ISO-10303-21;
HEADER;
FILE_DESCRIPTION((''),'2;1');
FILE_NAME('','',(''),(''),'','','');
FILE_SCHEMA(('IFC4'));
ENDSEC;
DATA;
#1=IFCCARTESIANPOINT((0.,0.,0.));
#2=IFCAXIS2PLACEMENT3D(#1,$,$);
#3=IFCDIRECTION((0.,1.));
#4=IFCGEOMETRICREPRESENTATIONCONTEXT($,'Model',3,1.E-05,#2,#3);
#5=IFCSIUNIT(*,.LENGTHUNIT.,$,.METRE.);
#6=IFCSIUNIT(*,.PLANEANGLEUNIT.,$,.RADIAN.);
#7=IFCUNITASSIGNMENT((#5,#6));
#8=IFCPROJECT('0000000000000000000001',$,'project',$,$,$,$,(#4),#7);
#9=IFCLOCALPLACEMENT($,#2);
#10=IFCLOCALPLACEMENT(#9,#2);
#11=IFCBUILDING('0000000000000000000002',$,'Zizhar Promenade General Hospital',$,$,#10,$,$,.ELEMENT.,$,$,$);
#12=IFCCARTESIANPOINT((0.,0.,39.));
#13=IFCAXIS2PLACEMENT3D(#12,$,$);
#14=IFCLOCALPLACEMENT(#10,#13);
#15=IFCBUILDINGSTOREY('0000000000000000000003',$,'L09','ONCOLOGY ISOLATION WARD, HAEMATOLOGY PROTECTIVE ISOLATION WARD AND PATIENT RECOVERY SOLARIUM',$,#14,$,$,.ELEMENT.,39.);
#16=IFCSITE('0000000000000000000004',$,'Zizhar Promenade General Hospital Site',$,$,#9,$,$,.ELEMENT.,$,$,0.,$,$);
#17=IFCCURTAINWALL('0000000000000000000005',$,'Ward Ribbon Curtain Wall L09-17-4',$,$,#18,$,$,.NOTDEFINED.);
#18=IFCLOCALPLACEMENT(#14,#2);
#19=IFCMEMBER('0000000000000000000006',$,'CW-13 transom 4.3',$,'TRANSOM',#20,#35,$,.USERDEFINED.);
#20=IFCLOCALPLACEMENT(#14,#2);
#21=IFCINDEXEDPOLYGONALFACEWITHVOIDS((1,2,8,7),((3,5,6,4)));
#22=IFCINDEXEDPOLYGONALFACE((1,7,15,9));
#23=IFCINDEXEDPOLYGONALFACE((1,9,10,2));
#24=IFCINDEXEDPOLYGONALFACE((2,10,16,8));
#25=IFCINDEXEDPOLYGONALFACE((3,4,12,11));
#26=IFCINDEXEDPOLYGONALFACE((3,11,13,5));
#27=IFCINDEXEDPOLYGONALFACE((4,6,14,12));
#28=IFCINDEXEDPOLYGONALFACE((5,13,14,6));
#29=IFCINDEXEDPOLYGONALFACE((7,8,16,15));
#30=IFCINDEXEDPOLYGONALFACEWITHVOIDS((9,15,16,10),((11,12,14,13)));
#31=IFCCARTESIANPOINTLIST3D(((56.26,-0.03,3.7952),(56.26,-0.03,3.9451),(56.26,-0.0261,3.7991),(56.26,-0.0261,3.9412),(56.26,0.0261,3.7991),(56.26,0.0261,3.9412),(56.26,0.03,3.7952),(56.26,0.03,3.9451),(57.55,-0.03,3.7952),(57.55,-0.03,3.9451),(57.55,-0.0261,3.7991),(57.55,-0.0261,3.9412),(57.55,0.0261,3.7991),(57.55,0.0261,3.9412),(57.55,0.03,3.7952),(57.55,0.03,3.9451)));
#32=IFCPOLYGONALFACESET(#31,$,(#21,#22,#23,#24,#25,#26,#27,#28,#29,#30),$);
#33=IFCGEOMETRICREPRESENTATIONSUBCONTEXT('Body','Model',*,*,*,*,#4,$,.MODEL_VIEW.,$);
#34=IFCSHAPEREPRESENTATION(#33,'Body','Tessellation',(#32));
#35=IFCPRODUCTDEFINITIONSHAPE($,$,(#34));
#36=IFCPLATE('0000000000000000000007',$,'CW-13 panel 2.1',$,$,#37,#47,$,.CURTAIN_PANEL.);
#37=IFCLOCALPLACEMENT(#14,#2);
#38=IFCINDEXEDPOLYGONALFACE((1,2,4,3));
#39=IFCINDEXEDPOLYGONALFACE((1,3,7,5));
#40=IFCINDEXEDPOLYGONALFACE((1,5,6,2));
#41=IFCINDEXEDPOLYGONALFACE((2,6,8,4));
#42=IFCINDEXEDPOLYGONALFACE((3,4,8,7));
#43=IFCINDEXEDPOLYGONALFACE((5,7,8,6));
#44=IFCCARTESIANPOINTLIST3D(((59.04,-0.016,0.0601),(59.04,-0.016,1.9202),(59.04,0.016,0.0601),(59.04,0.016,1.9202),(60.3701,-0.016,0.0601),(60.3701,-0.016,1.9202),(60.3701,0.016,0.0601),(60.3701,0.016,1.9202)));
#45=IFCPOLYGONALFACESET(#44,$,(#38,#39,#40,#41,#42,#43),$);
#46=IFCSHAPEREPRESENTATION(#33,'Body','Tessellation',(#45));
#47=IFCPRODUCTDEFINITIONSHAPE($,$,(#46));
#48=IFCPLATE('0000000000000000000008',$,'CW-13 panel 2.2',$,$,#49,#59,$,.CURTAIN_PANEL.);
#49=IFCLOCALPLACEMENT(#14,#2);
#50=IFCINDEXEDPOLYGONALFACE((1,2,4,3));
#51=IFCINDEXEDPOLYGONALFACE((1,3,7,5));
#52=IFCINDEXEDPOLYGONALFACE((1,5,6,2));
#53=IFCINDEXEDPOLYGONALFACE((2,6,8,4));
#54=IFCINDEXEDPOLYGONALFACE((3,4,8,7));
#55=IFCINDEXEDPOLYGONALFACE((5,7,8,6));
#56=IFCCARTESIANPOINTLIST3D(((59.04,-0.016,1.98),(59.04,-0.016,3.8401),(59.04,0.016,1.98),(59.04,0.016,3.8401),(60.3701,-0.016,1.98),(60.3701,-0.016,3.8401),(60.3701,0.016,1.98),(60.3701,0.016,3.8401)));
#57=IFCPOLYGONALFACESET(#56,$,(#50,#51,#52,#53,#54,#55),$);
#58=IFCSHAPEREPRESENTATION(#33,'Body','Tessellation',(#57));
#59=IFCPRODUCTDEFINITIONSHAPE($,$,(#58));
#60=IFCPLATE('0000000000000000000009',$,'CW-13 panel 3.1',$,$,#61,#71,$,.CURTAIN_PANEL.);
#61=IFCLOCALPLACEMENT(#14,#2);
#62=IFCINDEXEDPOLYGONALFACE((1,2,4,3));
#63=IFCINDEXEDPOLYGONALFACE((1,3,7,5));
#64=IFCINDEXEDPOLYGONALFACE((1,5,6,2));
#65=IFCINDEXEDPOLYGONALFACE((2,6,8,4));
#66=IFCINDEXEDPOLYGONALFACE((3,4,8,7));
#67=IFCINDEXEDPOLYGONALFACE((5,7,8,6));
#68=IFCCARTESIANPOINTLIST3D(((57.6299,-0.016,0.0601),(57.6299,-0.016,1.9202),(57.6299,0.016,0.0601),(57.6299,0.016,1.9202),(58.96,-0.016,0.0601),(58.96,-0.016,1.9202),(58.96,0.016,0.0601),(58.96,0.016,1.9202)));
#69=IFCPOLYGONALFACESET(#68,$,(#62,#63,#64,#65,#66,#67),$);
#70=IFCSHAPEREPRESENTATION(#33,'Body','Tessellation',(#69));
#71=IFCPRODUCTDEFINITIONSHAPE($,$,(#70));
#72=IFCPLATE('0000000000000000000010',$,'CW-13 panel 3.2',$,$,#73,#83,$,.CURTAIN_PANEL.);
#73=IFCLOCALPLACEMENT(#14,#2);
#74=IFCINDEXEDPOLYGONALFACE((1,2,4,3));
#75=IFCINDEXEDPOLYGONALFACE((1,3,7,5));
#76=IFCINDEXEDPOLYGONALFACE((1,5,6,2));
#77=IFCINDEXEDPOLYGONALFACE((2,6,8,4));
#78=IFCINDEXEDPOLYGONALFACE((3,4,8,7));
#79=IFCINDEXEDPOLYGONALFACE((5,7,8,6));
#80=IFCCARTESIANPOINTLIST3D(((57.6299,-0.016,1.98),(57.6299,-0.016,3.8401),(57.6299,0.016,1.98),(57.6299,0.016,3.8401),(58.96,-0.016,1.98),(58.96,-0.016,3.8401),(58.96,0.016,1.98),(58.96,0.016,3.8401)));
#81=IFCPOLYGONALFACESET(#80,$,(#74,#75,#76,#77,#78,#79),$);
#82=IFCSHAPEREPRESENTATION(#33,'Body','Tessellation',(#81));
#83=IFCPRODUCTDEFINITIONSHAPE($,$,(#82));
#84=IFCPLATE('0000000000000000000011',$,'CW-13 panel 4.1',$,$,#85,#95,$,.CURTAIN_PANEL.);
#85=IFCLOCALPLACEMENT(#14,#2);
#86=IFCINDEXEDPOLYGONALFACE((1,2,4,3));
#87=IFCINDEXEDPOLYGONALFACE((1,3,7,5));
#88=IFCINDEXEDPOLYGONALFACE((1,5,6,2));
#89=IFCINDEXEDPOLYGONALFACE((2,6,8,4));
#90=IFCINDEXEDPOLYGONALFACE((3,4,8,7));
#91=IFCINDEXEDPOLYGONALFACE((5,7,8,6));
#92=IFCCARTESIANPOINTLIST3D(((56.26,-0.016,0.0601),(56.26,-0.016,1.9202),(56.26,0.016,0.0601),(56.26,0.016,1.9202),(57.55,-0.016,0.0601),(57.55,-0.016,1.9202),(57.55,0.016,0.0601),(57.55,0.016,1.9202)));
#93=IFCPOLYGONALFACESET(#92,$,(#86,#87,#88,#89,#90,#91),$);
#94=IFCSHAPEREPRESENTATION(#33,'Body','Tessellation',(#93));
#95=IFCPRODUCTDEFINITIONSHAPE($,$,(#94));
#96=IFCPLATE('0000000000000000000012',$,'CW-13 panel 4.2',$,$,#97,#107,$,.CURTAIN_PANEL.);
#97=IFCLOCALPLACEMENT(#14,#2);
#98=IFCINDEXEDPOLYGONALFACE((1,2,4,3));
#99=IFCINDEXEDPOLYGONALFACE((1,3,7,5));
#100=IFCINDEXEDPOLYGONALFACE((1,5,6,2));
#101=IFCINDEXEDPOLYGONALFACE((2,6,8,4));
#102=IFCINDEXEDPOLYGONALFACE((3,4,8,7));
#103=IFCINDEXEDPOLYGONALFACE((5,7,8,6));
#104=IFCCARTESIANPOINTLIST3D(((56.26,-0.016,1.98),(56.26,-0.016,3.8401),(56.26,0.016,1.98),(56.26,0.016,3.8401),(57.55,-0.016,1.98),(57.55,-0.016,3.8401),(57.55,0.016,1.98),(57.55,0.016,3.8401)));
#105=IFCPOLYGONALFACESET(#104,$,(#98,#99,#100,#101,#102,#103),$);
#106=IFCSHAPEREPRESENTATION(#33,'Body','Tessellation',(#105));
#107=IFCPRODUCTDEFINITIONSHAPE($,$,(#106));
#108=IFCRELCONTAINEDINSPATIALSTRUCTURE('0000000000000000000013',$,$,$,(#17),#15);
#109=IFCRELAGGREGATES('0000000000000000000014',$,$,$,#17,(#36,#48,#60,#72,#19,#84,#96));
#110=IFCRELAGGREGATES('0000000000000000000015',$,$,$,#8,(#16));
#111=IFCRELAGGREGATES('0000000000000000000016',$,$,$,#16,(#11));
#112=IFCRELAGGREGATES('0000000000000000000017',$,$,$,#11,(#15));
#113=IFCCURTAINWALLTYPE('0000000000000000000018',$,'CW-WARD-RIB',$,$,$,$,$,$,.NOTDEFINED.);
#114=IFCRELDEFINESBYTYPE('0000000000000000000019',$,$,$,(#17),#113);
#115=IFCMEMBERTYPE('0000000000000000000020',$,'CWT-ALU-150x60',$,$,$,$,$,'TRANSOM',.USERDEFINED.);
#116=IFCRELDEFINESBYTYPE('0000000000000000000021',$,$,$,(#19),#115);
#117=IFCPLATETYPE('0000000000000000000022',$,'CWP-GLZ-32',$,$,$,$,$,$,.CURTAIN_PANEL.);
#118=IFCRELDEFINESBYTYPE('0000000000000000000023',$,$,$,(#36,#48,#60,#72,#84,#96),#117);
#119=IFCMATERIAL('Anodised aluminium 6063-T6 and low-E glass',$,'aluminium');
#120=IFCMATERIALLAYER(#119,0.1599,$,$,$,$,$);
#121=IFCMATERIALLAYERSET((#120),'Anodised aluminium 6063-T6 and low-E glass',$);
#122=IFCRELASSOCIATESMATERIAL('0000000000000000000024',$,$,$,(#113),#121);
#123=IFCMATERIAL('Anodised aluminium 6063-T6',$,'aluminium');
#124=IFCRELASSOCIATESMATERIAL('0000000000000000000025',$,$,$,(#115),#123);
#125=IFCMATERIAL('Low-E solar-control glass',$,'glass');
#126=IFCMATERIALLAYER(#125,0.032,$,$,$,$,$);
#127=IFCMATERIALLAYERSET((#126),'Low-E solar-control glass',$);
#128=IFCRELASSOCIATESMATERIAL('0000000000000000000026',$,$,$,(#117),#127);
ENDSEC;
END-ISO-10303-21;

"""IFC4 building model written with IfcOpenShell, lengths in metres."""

from ifc_helpers import new_model, si_unit, direction, frame, origin, origin_2d, place, context, subcontext, project, spatial, rectangle, hollow_rectangle, extrude, material, layer, layer_set, material_profile, profile_set, type_object, element, aggregate, save


model = new_model("IFC4")

# Units and contexts
model_context = context("Model", 3, precision=1e-05, world=origin(), true_north=direction((0.0, 1.0)))
body_context = subcontext(model_context, "Body", "Model", "MODEL_VIEW")
ifc_project = project(units=[si_unit("LENGTHUNIT", "METRE"), si_unit("PLANEANGLEUNIT", "RADIAN")], contexts=[model_context])

# Site, building, storey
site_placement = place(None, origin())
site = spatial("IfcSite", under=ifc_project, at=site_placement, Name="Zizhar Promenade General Hospital Site", CompositionType="ELEMENT", RefElevation=0.0)
building_placement = place(site_placement, origin())
building = spatial("IfcBuilding", under=site, at=building_placement, Name="Zizhar Promenade General Hospital", CompositionType="ELEMENT")
storey_placement = place(building_placement, frame((0.0, 0.0, 39.0)))
storey = spatial("IfcBuildingStorey", under=building, at=storey_placement, Name="L09", Description="ONCOLOGY ISOLATION WARD, HAEMATOLOGY PROTECTIVE ISOLATION WARD AND PATIENT RECOVERY SOLARIUM", CompositionType="ELEMENT", Elevation=39.0)

# Curtain wall, member, plates
ifc_material_1 = material(Name="Anodised aluminium 6063-T6 and low-E glass", Category="aluminium")
ifc_layer_1 = layer(ifc_material_1, 0.1599)
ifc_layer_set_1 = layer_set([ifc_layer_1], Name="Anodised aluminium 6063-T6 and low-E glass")
curtain_wall_type = type_object("IfcCurtainWallType", Name="CW-WARD-RIB", PredefinedType="NOTDEFINED", material=ifc_layer_set_1)
curtain_wall_placement = place(storey_placement, origin())
curtain_wall = element("IfcCurtainWall", 1, at=curtain_wall_placement, inside=storey, type_object=curtain_wall_type, Name="Ward Ribbon Curtain Wall L09-17-4", PredefinedType="NOTDEFINED")
ifc_material_2 = material(Name="Anodised aluminium 6063-T6", Category="aluminium")
ifc_material_profile_1 = material_profile(ifc_material_2, hollow_rectangle(XDim=0.0601, YDim=0.1499, WallThickness=0.0039, at=origin_2d()))
ifc_profile_set_1 = profile_set([ifc_material_profile_1], Name="Anodised aluminium 6063-T6")
member_type_1 = type_object("IfcMemberType", Name="CWT-ALU-150x60", ElementType="TRANSOM", PredefinedType="USERDEFINED", material=ifc_profile_set_1)
member_1_placement = place(storey_placement, frame((57.55, 0.0, 3.8701), z_axis=(-1.0, 0.0, 0.0), x_axis=(0.0, -1.0, 0.0)))
member_1 = element("IfcMember", 2, at=member_1_placement, type_object=member_type_1, Name="CW-13 transom 4.3", ObjectType="TRANSOM", PredefinedType="USERDEFINED", context=body_context, shape_type="SweptSolid", body=[
    extrude(hollow_rectangle(XDim=0.0601, YDim=0.1499, WallThickness=0.0039, at=origin_2d()), origin(), (0.0, 0.0, 1.0), 1.29),
])
ifc_material_3 = material(Name="Low-E solar-control glass", Category="glass")
ifc_layer_2 = layer(ifc_material_3, 0.032)
ifc_layer_set_2 = layer_set([ifc_layer_2], Name="Low-E solar-control glass")
plate_type = type_object("IfcPlateType", Name="CWP-GLZ-32", PredefinedType="CURTAIN_PANEL", material=ifc_layer_set_2)
plate_1_placement = place(storey_placement, frame((59.7051, 0.0, 0.0601), z_axis=(0.0, 0.0, 1.0), x_axis=(-1.0, 0.0, 0.0)))
plate_1 = element("IfcPlate", 3, at=plate_1_placement, type_object=plate_type, Name="CW-13 panel 2.1", PredefinedType="CURTAIN_PANEL", context=body_context, shape_type="SweptSolid", body=[
    extrude(rectangle(XDim=1.3301, YDim=0.032, at=origin_2d()), origin(), (0.0, 0.0, 1.0), 1.8601),
])
plate_2_placement = place(storey_placement, frame((59.7051, 0.0, 1.98), z_axis=(0.0, 0.0, 1.0), x_axis=(-1.0, 0.0, 0.0)))
plate_2 = element("IfcPlate", 4, at=plate_2_placement, type_object=plate_type, Name="CW-13 panel 2.2", PredefinedType="CURTAIN_PANEL", context=body_context, shape_type="SweptSolid", body=[
    extrude(rectangle(XDim=1.3301, YDim=0.032, at=origin_2d()), origin(), (0.0, 0.0, 1.0), 1.8601),
])
plate_3_placement = place(storey_placement, frame((58.2949, 0.0, 0.0601), z_axis=(0.0, 0.0, 1.0), x_axis=(-1.0, 0.0, 0.0)))
plate_3 = element("IfcPlate", 5, at=plate_3_placement, type_object=plate_type, Name="CW-13 panel 3.1", PredefinedType="CURTAIN_PANEL", context=body_context, shape_type="SweptSolid", body=[
    extrude(rectangle(XDim=1.3301, YDim=0.032, at=origin_2d()), origin(), (0.0, 0.0, 1.0), 1.8601),
])
plate_4_placement = place(storey_placement, frame((58.2949, 0.0, 1.98), z_axis=(0.0, 0.0, 1.0), x_axis=(-1.0, 0.0, 0.0)))
plate_4 = element("IfcPlate", 6, at=plate_4_placement, type_object=plate_type, Name="CW-13 panel 3.2", PredefinedType="CURTAIN_PANEL", context=body_context, shape_type="SweptSolid", body=[
    extrude(rectangle(XDim=1.3301, YDim=0.032, at=origin_2d()), origin(), (0.0, 0.0, 1.0), 1.8601),
])
plate_5_placement = place(storey_placement, frame((56.905, 0.0, 0.0601), z_axis=(0.0, 0.0, 1.0), x_axis=(-1.0, 0.0, 0.0)))
plate_5 = element("IfcPlate", 7, at=plate_5_placement, type_object=plate_type, Name="CW-13 panel 4.1", PredefinedType="CURTAIN_PANEL", context=body_context, shape_type="SweptSolid", body=[
    extrude(rectangle(XDim=1.29, YDim=0.032, at=origin_2d()), origin(), (0.0, 0.0, 1.0), 1.8601),
])
plate_6_placement = place(storey_placement, frame((56.905, 0.0, 1.98), z_axis=(0.0, 0.0, 1.0), x_axis=(-1.0, 0.0, 0.0)))
plate_6 = element("IfcPlate", 8, at=plate_6_placement, type_object=plate_type, Name="CW-13 panel 4.2", PredefinedType="CURTAIN_PANEL", context=body_context, shape_type="SweptSolid", body=[
    extrude(rectangle(XDim=1.29, YDim=0.032, at=origin_2d()), origin(), (0.0, 0.0, 1.0), 1.8601),
])
aggregate(curtain_wall, [plate_1, plate_2, plate_3, plate_4, member_1, plate_5, plate_6])

save(model, "model.ifc")
